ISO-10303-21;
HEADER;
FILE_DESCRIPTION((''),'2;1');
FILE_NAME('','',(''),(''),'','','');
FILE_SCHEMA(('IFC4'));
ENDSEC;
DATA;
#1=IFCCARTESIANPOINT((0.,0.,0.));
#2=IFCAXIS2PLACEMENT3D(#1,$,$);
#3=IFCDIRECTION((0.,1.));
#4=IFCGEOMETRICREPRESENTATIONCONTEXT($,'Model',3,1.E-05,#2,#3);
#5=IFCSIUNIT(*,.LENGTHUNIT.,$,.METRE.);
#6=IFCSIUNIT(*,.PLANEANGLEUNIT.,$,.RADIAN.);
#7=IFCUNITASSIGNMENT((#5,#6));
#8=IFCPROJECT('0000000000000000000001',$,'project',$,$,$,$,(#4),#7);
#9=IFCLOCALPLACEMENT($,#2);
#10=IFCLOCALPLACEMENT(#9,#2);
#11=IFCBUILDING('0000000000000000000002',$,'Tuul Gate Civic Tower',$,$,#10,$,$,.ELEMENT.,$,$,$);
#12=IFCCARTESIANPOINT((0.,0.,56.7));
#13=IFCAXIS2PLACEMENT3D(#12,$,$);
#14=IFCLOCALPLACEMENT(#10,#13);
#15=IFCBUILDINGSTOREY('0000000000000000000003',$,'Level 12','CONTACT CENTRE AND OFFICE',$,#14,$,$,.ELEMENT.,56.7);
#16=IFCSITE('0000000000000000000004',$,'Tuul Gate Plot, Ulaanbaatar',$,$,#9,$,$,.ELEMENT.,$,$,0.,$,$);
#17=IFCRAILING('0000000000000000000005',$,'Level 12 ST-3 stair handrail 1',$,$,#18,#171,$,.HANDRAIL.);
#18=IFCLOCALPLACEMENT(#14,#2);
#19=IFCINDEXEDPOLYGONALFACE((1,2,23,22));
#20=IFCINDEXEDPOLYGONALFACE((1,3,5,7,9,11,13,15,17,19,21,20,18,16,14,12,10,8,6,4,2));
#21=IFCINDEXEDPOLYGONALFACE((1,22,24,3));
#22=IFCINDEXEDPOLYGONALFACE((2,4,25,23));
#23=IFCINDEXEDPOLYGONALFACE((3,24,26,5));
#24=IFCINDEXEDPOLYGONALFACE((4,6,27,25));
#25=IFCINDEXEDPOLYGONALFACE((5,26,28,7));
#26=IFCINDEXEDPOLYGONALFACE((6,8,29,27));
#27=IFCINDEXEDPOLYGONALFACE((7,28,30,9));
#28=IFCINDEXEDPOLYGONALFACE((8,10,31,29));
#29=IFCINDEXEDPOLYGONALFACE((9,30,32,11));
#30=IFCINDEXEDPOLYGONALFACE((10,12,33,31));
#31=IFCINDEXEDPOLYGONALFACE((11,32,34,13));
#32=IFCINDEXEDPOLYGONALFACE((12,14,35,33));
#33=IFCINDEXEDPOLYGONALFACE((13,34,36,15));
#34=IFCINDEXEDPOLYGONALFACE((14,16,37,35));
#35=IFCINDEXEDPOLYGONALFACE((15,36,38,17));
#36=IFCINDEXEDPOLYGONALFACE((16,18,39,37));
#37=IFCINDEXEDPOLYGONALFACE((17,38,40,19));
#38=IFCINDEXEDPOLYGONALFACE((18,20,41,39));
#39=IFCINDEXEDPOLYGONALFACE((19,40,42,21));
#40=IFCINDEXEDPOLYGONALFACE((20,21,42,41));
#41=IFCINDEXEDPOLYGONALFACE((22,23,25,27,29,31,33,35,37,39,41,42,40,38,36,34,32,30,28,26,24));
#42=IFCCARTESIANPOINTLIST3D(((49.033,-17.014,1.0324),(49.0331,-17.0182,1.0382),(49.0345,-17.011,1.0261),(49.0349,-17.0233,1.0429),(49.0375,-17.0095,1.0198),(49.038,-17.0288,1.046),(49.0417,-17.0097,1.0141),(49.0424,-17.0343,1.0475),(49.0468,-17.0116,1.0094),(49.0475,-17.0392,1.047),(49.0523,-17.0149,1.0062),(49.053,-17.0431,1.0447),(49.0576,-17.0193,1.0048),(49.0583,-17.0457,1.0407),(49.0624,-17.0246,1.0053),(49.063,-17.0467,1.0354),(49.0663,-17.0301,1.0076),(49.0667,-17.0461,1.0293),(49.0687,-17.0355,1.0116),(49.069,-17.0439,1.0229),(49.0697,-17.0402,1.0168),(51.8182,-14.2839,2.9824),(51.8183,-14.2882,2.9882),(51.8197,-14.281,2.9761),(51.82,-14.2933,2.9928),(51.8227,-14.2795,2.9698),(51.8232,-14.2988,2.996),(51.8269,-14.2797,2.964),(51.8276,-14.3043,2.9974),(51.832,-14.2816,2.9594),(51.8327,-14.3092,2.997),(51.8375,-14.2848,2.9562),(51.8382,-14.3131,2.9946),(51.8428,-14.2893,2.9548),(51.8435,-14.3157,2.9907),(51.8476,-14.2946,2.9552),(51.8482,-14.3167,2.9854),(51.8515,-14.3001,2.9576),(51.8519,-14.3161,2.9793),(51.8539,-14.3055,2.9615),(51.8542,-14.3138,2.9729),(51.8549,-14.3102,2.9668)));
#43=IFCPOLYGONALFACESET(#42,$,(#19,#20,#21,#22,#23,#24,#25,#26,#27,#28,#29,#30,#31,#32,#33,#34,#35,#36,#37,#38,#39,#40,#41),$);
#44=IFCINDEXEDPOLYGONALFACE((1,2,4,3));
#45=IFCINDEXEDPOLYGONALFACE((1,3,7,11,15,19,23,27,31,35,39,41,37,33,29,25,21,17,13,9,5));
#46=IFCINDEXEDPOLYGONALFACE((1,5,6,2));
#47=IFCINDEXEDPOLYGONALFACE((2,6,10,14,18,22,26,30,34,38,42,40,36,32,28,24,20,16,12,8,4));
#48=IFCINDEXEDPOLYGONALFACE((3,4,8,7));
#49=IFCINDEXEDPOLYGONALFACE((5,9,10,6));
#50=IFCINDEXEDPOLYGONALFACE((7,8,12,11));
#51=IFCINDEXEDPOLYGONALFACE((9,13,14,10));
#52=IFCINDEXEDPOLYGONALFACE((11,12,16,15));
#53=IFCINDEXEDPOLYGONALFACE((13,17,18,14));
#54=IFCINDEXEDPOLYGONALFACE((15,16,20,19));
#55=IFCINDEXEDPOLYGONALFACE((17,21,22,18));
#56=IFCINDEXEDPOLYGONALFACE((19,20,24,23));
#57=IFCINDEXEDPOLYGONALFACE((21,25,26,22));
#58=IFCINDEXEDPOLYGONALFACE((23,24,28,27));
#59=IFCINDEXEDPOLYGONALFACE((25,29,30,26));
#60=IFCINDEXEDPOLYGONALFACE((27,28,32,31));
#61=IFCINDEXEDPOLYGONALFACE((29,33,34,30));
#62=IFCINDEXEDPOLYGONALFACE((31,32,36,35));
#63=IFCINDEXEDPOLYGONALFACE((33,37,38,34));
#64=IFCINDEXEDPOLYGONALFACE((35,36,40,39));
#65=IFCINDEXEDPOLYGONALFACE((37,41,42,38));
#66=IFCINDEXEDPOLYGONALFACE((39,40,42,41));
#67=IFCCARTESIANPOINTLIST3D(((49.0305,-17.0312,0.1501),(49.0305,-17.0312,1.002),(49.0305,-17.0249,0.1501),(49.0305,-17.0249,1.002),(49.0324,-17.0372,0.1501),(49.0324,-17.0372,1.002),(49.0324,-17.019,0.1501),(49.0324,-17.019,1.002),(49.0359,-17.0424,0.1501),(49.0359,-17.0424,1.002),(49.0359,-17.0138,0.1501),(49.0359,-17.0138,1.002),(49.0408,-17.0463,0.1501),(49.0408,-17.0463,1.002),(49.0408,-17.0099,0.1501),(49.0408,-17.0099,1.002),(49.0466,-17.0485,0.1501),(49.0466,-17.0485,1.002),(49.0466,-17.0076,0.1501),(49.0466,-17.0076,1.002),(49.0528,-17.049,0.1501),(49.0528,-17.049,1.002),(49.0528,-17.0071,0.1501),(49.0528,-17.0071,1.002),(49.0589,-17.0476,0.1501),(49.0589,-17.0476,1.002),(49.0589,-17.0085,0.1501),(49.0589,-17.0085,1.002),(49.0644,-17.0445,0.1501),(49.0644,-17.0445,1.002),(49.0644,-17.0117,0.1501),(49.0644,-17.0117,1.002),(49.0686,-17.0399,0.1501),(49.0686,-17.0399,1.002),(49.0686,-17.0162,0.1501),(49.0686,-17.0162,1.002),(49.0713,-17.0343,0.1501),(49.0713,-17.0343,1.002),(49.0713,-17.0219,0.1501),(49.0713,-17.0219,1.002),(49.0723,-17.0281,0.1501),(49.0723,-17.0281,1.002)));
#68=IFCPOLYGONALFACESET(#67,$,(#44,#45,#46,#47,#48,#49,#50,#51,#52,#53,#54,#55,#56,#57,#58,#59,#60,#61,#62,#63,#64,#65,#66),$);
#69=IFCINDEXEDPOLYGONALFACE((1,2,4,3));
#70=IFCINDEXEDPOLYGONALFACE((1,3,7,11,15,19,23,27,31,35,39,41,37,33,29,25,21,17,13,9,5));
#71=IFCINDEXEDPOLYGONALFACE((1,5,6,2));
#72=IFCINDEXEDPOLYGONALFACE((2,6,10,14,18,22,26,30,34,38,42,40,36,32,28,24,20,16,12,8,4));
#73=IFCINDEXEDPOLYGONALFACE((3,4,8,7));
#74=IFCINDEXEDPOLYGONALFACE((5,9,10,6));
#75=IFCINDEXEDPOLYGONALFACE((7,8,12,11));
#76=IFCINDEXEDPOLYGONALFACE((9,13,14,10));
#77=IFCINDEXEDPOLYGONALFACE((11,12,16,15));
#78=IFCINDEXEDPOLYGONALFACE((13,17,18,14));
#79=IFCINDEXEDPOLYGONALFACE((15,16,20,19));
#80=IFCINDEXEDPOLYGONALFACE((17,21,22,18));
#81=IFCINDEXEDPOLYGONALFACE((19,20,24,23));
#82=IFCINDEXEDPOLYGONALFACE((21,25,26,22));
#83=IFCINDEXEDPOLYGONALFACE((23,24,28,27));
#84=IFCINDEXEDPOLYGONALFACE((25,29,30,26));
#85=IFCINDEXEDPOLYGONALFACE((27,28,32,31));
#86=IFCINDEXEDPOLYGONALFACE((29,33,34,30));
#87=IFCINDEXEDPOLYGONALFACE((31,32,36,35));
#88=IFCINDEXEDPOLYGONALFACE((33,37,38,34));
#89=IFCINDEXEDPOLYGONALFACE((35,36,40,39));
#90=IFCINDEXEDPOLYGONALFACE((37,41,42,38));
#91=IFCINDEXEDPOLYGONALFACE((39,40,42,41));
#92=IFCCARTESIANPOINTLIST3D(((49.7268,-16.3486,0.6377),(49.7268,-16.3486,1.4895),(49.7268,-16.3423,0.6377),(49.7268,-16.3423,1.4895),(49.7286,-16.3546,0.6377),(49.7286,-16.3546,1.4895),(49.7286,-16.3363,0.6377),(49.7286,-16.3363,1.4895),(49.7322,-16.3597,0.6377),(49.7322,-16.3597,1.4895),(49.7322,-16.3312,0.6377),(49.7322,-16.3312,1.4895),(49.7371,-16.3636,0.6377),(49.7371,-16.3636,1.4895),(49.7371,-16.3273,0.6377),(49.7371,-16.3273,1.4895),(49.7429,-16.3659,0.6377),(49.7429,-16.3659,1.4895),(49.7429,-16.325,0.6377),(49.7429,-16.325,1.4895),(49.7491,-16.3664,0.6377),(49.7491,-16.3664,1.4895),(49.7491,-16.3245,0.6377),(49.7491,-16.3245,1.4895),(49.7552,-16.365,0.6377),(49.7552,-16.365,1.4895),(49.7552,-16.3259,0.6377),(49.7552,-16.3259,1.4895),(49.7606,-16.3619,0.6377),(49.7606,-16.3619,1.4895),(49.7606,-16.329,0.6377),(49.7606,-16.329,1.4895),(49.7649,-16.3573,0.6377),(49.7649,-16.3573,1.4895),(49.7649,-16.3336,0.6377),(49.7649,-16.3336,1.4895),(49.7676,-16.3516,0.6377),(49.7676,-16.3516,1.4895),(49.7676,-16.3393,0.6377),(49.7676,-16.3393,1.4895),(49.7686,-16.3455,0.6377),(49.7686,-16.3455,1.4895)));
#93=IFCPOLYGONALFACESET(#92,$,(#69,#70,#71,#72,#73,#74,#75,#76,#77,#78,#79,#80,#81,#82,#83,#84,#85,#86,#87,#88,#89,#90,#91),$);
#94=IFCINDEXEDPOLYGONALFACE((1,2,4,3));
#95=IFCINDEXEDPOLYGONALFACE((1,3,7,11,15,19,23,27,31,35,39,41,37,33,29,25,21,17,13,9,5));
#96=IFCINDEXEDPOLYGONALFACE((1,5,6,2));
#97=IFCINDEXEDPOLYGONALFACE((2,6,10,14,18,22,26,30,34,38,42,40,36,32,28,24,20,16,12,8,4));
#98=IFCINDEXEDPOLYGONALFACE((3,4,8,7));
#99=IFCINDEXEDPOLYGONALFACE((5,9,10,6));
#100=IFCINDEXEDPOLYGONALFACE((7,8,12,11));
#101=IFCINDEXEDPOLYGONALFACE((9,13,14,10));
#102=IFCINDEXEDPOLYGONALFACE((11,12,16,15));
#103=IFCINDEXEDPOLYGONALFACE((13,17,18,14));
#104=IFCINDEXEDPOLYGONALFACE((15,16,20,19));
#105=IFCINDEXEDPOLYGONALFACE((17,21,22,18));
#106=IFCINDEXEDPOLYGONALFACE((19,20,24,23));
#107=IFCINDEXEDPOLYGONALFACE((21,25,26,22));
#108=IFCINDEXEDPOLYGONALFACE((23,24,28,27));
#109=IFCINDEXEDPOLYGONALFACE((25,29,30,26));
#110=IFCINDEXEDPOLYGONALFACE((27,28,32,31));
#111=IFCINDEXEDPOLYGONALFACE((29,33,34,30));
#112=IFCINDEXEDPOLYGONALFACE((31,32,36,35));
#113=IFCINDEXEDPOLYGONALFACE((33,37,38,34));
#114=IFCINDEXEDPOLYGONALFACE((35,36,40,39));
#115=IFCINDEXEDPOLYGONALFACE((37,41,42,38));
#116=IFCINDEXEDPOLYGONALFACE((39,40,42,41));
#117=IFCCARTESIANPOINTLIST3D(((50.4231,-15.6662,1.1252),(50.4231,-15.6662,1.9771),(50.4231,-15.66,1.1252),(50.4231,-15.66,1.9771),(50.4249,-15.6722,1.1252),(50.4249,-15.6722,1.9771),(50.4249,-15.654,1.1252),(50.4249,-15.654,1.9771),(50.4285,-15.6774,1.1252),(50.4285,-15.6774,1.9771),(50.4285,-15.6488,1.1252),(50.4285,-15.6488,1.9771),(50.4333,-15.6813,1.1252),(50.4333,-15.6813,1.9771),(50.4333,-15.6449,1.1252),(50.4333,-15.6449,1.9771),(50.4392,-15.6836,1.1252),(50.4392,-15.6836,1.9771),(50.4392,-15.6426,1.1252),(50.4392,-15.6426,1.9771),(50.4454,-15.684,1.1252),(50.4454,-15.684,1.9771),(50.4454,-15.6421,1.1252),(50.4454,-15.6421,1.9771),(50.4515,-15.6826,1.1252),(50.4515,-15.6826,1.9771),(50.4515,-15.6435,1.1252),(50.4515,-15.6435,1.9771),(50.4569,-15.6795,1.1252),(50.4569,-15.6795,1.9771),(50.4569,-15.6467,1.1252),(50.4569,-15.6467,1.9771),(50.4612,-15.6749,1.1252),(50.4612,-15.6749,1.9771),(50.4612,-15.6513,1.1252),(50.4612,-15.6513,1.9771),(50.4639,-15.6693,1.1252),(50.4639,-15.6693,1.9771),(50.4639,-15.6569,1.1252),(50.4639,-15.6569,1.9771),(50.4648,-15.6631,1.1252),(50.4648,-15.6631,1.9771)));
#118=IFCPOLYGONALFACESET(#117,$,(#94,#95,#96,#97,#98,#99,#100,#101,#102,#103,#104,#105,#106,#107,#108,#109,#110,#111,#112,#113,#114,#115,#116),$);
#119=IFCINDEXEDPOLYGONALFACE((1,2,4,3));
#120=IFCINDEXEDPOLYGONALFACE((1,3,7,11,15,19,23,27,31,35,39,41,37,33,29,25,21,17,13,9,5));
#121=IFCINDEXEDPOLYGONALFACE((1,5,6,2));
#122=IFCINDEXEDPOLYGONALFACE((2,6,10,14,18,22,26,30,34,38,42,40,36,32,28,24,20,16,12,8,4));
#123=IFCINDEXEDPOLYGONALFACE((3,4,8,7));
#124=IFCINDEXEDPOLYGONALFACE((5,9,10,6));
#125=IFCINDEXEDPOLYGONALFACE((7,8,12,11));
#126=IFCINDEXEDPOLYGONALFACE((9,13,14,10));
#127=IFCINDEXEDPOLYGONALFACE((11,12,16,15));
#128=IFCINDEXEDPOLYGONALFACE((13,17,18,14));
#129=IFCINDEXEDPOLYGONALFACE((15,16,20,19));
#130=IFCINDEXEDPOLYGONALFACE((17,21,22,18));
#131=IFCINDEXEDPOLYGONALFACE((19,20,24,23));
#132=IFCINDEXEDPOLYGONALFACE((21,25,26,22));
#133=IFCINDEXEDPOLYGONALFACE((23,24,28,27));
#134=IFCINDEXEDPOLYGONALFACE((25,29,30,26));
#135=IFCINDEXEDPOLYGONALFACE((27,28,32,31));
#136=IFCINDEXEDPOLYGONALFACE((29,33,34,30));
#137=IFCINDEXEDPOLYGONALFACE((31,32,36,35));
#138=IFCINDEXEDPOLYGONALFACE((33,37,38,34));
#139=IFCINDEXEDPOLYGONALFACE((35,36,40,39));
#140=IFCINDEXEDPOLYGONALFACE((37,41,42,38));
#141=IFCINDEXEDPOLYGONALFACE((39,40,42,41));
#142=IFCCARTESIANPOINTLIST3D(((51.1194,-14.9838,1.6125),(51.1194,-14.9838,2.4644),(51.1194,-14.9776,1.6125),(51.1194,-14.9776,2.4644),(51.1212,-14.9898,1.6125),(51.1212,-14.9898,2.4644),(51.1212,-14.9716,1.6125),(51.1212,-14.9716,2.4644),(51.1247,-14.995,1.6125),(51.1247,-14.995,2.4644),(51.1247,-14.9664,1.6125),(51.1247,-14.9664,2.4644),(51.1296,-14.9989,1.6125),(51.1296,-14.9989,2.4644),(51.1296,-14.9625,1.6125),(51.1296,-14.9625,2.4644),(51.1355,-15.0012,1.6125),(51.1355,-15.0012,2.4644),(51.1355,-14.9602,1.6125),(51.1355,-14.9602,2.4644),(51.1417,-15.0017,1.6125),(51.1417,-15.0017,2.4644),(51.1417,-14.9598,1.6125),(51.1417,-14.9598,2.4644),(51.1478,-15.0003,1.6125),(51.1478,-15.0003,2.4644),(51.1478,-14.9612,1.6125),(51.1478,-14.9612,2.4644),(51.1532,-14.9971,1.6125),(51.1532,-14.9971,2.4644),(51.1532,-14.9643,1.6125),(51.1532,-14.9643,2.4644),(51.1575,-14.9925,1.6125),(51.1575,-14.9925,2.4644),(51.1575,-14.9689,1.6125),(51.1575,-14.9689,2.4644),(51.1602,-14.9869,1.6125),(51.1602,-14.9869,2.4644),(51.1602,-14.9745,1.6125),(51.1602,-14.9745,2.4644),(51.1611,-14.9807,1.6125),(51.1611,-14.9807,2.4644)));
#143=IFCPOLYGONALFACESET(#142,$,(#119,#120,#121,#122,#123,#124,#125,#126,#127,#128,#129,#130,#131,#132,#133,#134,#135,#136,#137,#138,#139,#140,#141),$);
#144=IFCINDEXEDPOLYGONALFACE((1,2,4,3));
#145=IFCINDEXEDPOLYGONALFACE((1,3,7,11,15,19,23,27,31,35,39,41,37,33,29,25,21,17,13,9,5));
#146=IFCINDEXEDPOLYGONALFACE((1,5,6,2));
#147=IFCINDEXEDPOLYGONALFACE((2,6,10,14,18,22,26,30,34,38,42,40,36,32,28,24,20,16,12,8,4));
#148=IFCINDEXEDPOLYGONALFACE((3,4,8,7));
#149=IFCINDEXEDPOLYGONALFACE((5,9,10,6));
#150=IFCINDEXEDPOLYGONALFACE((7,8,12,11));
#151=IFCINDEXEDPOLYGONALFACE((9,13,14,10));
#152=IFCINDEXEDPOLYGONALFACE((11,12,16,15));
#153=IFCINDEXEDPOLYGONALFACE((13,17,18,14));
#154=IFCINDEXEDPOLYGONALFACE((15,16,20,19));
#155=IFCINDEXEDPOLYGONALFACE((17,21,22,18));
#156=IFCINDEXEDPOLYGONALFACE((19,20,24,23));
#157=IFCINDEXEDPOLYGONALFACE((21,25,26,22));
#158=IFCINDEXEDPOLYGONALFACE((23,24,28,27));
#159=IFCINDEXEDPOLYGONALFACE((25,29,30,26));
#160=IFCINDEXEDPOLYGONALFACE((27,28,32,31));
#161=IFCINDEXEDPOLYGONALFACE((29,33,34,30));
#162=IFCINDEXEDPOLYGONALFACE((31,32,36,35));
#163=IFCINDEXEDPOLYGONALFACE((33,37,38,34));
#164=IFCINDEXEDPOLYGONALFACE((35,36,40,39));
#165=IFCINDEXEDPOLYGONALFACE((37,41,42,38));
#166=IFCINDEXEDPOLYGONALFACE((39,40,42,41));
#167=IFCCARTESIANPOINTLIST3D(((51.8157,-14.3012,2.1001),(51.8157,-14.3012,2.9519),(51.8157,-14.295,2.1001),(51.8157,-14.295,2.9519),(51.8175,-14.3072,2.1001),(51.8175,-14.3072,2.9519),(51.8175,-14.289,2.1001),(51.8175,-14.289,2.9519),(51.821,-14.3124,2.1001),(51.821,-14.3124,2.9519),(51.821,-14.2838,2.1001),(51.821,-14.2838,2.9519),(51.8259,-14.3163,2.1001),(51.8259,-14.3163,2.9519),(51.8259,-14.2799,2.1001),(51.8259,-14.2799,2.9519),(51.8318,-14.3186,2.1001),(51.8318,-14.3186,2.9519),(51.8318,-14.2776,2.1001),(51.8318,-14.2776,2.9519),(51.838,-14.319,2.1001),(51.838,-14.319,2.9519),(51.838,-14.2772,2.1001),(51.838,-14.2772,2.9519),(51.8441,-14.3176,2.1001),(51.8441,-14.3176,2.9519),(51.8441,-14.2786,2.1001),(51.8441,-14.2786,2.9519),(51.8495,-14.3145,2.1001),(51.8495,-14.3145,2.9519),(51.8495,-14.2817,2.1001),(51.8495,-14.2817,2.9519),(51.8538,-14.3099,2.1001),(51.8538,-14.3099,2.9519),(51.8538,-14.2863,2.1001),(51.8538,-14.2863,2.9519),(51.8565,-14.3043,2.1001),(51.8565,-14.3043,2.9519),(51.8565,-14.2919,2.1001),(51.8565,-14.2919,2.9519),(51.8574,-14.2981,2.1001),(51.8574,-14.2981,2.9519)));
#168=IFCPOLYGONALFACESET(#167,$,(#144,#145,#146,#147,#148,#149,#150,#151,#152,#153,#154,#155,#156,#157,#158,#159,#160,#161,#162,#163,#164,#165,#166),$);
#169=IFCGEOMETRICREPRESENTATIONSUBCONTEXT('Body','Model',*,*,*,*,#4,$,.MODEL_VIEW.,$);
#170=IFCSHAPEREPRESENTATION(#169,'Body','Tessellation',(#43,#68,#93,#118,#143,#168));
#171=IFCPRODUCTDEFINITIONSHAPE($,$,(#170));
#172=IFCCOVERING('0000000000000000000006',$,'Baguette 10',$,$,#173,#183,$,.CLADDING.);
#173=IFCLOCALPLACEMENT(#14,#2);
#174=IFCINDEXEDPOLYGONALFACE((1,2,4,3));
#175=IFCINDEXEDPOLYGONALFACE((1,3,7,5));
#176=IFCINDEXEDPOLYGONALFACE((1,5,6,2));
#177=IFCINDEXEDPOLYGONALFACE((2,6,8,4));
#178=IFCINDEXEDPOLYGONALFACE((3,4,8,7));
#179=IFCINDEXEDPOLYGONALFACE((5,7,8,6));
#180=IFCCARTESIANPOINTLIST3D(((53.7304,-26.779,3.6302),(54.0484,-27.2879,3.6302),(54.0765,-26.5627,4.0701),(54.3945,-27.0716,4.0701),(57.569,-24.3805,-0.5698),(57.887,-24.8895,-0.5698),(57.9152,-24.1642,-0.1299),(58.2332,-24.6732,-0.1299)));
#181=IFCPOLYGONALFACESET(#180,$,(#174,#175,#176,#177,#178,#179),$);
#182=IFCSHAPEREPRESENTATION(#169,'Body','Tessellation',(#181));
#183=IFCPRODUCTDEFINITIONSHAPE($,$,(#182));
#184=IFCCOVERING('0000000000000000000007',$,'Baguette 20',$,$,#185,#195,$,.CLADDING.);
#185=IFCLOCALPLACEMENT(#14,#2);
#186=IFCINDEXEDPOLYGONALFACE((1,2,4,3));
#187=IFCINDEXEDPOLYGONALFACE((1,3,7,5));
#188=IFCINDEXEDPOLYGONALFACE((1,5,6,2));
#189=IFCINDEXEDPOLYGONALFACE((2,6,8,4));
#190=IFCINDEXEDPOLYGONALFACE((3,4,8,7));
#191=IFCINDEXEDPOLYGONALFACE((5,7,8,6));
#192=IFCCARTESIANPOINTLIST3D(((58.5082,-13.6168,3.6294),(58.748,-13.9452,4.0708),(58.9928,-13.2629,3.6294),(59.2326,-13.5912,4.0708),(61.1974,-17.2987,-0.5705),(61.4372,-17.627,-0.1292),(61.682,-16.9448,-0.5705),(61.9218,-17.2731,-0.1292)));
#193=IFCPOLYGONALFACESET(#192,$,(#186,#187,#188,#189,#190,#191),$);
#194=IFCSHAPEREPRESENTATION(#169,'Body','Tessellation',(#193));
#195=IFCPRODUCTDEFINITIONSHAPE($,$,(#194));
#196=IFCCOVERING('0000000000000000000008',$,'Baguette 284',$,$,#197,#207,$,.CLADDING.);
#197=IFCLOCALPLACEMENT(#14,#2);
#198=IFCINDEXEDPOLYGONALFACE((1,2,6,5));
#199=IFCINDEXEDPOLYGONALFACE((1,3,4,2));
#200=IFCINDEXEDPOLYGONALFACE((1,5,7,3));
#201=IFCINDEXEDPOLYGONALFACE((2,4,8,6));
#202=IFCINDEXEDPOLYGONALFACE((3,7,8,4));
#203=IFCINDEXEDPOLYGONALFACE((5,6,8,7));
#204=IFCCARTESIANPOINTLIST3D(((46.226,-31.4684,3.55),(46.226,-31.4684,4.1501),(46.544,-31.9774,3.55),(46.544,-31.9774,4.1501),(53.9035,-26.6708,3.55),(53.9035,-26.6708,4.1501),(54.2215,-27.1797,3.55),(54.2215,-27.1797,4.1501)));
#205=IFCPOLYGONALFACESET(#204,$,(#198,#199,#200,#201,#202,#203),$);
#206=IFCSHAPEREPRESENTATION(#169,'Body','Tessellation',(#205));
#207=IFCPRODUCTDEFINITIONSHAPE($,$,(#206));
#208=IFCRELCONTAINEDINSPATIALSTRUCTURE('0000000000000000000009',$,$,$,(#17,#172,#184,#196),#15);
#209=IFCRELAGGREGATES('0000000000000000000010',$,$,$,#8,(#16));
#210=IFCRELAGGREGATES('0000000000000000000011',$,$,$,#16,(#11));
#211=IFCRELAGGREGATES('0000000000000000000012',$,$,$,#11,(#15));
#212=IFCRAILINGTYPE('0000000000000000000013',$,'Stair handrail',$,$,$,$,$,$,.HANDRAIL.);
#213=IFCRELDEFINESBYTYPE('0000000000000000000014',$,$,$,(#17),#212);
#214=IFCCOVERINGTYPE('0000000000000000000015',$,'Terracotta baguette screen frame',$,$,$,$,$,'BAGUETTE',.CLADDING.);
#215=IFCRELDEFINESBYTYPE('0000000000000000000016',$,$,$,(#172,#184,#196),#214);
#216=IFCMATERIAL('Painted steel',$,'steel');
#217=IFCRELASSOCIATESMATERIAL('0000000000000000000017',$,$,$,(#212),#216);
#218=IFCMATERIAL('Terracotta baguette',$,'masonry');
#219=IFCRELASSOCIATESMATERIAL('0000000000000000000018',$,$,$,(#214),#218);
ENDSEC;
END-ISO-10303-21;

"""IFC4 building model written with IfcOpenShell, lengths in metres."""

from ifc_helpers import new_model, si_unit, direction, frame, origin, origin_2d, place, context, subcontext, project, spatial, rectangle, circle, extrude, material, material_profile, profile_set, type_object, element, save


model = new_model("IFC4")

# Units and contexts
model_context = context("Model", 3, precision=1e-05, world=origin(), true_north=direction((0.0, 1.0)))
body_context = subcontext(model_context, "Body", "Model", "MODEL_VIEW")
ifc_project = project(units=[si_unit("LENGTHUNIT", "METRE"), si_unit("PLANEANGLEUNIT", "RADIAN")], contexts=[model_context])

# Site, building, storey
site_placement = place(None, origin())
site = spatial("IfcSite", under=ifc_project, at=site_placement, Name="Tuul Gate Plot, Ulaanbaatar", CompositionType="ELEMENT", RefElevation=0.0)
building_placement = place(site_placement, origin())
building = spatial("IfcBuilding", under=site, at=building_placement, Name="Tuul Gate Civic Tower", CompositionType="ELEMENT")
storey_placement = place(building_placement, frame((0.0, 0.0, 56.7)))
storey = spatial("IfcBuildingStorey", under=building, at=storey_placement, Name="Level 12", Description="CONTACT CENTRE AND OFFICE", CompositionType="ELEMENT", Elevation=56.7)

# Railing
ifc_material_1 = material(Name="Painted steel", Category="steel")
railing_type_1 = type_object("IfcRailingType", Name="Stair handrail", PredefinedType="HANDRAIL", material=ifc_material_1)
railing_1_placement = place(storey_placement, frame((49.0513, -17.0281, 0.1501)))
element("IfcRailing", 1, at=railing_1_placement, inside=storey, type_object=railing_type_1, Name="Level 12 ST-3 stair handrail 1", PredefinedType="HANDRAIL", context=body_context, shape_type="SweptSolid", body=[
    extrude(circle(Radius=0.0239, at=origin_2d()), frame((0.0, 0.0, 0.876), z_axis=(0.638754, 0.6261, 0.447206), x_axis=(-0.699998, 0.714145, 0.0)), (0.0, 0.0, 1.0), 4.3604),
    extrude(circle(Radius=0.021, at=origin_2d()), origin(), (0.0, 0.0, 1.0), 0.8518),
    extrude(circle(Radius=0.021, at=origin_2d()), frame((0.6963, 0.6826, 0.4875)), (0.0, 0.0, 1.0), 0.8518),
    extrude(circle(Radius=0.021, at=origin_2d()), frame((1.3926, 1.365, 0.9751)), (0.0, 0.0, 1.0), 0.8518),
    extrude(circle(Radius=0.021, at=origin_2d()), frame((2.0889, 2.0474, 1.4624)), (0.0, 0.0, 1.0), 0.8518),
    extrude(circle(Radius=0.021, at=origin_2d()), frame((2.7852, 2.73, 1.95)), (0.0, 0.0, 1.0), 0.8518),
])

# Coverings
ifc_material_2 = material(Name="Terracotta baguette", Category="masonry")
ifc_material_profile_1 = material_profile(ifc_material_2, rectangle(XDim=0.6001, YDim=0.6001, at=origin_2d()), Name="Terracotta baguette screen frame")
ifc_profile_set_1 = profile_set([ifc_material_profile_1], Name="Terracotta baguette")
covering_type = type_object("IfcCoveringType", Name="Terracotta baguette screen frame", ElementType="BAGUETTE", PredefinedType="CLADDING", material=ifc_profile_set_1)
covering_1_placement = place(storey_placement, frame((57.9011, -24.5269, -0.3499), z_axis=(-0.621668, -0.388429, 0.680185), x_axis=(0.529887, -0.848068, 0.0)))
element("IfcCovering", 2, at=covering_1_placement, inside=storey, type_object=covering_type, Name="Baguette 10", PredefinedType="CLADDING", context=body_context, shape_type="SweptSolid", body=[
    extrude(rectangle(XDim=0.6001, YDim=0.6001, at=origin_2d()), origin(), (0.0, 0.0, 1.0), 6.1748),
])
covering_2_placement = place(storey_placement, frame((61.5596, -17.2859, -0.3499), z_axis=(-0.433813, 0.593947, 0.67752), x_axis=(-0.807537, -0.589817, 0.0)))
element("IfcCovering", 3, at=covering_2_placement, inside=storey, type_object=covering_type, Name="Baguette 20", PredefinedType="CLADDING", context=body_context, shape_type="SweptSolid", body=[
    extrude(rectangle(XDim=0.6001, YDim=0.6001, at=origin_2d()), origin(), (0.0, 0.0, 1.0), 6.199),
])
covering_3_placement = place(storey_placement, frame((46.385, -31.7229, 3.8501), z_axis=(0.848039, 0.529933, 0.0), x_axis=(-0.529933, 0.848039, 0.0)))
element("IfcCovering", 4, at=covering_3_placement, inside=storey, type_object=covering_type, Name="Baguette 284", PredefinedType="CLADDING", context=body_context, shape_type="SweptSolid", body=[
    extrude(rectangle(XDim=0.6001, YDim=0.6001, at=origin_2d()), origin(), (0.0, 0.0, 1.0), 9.0532),
])

save(model, "model.ifc")
